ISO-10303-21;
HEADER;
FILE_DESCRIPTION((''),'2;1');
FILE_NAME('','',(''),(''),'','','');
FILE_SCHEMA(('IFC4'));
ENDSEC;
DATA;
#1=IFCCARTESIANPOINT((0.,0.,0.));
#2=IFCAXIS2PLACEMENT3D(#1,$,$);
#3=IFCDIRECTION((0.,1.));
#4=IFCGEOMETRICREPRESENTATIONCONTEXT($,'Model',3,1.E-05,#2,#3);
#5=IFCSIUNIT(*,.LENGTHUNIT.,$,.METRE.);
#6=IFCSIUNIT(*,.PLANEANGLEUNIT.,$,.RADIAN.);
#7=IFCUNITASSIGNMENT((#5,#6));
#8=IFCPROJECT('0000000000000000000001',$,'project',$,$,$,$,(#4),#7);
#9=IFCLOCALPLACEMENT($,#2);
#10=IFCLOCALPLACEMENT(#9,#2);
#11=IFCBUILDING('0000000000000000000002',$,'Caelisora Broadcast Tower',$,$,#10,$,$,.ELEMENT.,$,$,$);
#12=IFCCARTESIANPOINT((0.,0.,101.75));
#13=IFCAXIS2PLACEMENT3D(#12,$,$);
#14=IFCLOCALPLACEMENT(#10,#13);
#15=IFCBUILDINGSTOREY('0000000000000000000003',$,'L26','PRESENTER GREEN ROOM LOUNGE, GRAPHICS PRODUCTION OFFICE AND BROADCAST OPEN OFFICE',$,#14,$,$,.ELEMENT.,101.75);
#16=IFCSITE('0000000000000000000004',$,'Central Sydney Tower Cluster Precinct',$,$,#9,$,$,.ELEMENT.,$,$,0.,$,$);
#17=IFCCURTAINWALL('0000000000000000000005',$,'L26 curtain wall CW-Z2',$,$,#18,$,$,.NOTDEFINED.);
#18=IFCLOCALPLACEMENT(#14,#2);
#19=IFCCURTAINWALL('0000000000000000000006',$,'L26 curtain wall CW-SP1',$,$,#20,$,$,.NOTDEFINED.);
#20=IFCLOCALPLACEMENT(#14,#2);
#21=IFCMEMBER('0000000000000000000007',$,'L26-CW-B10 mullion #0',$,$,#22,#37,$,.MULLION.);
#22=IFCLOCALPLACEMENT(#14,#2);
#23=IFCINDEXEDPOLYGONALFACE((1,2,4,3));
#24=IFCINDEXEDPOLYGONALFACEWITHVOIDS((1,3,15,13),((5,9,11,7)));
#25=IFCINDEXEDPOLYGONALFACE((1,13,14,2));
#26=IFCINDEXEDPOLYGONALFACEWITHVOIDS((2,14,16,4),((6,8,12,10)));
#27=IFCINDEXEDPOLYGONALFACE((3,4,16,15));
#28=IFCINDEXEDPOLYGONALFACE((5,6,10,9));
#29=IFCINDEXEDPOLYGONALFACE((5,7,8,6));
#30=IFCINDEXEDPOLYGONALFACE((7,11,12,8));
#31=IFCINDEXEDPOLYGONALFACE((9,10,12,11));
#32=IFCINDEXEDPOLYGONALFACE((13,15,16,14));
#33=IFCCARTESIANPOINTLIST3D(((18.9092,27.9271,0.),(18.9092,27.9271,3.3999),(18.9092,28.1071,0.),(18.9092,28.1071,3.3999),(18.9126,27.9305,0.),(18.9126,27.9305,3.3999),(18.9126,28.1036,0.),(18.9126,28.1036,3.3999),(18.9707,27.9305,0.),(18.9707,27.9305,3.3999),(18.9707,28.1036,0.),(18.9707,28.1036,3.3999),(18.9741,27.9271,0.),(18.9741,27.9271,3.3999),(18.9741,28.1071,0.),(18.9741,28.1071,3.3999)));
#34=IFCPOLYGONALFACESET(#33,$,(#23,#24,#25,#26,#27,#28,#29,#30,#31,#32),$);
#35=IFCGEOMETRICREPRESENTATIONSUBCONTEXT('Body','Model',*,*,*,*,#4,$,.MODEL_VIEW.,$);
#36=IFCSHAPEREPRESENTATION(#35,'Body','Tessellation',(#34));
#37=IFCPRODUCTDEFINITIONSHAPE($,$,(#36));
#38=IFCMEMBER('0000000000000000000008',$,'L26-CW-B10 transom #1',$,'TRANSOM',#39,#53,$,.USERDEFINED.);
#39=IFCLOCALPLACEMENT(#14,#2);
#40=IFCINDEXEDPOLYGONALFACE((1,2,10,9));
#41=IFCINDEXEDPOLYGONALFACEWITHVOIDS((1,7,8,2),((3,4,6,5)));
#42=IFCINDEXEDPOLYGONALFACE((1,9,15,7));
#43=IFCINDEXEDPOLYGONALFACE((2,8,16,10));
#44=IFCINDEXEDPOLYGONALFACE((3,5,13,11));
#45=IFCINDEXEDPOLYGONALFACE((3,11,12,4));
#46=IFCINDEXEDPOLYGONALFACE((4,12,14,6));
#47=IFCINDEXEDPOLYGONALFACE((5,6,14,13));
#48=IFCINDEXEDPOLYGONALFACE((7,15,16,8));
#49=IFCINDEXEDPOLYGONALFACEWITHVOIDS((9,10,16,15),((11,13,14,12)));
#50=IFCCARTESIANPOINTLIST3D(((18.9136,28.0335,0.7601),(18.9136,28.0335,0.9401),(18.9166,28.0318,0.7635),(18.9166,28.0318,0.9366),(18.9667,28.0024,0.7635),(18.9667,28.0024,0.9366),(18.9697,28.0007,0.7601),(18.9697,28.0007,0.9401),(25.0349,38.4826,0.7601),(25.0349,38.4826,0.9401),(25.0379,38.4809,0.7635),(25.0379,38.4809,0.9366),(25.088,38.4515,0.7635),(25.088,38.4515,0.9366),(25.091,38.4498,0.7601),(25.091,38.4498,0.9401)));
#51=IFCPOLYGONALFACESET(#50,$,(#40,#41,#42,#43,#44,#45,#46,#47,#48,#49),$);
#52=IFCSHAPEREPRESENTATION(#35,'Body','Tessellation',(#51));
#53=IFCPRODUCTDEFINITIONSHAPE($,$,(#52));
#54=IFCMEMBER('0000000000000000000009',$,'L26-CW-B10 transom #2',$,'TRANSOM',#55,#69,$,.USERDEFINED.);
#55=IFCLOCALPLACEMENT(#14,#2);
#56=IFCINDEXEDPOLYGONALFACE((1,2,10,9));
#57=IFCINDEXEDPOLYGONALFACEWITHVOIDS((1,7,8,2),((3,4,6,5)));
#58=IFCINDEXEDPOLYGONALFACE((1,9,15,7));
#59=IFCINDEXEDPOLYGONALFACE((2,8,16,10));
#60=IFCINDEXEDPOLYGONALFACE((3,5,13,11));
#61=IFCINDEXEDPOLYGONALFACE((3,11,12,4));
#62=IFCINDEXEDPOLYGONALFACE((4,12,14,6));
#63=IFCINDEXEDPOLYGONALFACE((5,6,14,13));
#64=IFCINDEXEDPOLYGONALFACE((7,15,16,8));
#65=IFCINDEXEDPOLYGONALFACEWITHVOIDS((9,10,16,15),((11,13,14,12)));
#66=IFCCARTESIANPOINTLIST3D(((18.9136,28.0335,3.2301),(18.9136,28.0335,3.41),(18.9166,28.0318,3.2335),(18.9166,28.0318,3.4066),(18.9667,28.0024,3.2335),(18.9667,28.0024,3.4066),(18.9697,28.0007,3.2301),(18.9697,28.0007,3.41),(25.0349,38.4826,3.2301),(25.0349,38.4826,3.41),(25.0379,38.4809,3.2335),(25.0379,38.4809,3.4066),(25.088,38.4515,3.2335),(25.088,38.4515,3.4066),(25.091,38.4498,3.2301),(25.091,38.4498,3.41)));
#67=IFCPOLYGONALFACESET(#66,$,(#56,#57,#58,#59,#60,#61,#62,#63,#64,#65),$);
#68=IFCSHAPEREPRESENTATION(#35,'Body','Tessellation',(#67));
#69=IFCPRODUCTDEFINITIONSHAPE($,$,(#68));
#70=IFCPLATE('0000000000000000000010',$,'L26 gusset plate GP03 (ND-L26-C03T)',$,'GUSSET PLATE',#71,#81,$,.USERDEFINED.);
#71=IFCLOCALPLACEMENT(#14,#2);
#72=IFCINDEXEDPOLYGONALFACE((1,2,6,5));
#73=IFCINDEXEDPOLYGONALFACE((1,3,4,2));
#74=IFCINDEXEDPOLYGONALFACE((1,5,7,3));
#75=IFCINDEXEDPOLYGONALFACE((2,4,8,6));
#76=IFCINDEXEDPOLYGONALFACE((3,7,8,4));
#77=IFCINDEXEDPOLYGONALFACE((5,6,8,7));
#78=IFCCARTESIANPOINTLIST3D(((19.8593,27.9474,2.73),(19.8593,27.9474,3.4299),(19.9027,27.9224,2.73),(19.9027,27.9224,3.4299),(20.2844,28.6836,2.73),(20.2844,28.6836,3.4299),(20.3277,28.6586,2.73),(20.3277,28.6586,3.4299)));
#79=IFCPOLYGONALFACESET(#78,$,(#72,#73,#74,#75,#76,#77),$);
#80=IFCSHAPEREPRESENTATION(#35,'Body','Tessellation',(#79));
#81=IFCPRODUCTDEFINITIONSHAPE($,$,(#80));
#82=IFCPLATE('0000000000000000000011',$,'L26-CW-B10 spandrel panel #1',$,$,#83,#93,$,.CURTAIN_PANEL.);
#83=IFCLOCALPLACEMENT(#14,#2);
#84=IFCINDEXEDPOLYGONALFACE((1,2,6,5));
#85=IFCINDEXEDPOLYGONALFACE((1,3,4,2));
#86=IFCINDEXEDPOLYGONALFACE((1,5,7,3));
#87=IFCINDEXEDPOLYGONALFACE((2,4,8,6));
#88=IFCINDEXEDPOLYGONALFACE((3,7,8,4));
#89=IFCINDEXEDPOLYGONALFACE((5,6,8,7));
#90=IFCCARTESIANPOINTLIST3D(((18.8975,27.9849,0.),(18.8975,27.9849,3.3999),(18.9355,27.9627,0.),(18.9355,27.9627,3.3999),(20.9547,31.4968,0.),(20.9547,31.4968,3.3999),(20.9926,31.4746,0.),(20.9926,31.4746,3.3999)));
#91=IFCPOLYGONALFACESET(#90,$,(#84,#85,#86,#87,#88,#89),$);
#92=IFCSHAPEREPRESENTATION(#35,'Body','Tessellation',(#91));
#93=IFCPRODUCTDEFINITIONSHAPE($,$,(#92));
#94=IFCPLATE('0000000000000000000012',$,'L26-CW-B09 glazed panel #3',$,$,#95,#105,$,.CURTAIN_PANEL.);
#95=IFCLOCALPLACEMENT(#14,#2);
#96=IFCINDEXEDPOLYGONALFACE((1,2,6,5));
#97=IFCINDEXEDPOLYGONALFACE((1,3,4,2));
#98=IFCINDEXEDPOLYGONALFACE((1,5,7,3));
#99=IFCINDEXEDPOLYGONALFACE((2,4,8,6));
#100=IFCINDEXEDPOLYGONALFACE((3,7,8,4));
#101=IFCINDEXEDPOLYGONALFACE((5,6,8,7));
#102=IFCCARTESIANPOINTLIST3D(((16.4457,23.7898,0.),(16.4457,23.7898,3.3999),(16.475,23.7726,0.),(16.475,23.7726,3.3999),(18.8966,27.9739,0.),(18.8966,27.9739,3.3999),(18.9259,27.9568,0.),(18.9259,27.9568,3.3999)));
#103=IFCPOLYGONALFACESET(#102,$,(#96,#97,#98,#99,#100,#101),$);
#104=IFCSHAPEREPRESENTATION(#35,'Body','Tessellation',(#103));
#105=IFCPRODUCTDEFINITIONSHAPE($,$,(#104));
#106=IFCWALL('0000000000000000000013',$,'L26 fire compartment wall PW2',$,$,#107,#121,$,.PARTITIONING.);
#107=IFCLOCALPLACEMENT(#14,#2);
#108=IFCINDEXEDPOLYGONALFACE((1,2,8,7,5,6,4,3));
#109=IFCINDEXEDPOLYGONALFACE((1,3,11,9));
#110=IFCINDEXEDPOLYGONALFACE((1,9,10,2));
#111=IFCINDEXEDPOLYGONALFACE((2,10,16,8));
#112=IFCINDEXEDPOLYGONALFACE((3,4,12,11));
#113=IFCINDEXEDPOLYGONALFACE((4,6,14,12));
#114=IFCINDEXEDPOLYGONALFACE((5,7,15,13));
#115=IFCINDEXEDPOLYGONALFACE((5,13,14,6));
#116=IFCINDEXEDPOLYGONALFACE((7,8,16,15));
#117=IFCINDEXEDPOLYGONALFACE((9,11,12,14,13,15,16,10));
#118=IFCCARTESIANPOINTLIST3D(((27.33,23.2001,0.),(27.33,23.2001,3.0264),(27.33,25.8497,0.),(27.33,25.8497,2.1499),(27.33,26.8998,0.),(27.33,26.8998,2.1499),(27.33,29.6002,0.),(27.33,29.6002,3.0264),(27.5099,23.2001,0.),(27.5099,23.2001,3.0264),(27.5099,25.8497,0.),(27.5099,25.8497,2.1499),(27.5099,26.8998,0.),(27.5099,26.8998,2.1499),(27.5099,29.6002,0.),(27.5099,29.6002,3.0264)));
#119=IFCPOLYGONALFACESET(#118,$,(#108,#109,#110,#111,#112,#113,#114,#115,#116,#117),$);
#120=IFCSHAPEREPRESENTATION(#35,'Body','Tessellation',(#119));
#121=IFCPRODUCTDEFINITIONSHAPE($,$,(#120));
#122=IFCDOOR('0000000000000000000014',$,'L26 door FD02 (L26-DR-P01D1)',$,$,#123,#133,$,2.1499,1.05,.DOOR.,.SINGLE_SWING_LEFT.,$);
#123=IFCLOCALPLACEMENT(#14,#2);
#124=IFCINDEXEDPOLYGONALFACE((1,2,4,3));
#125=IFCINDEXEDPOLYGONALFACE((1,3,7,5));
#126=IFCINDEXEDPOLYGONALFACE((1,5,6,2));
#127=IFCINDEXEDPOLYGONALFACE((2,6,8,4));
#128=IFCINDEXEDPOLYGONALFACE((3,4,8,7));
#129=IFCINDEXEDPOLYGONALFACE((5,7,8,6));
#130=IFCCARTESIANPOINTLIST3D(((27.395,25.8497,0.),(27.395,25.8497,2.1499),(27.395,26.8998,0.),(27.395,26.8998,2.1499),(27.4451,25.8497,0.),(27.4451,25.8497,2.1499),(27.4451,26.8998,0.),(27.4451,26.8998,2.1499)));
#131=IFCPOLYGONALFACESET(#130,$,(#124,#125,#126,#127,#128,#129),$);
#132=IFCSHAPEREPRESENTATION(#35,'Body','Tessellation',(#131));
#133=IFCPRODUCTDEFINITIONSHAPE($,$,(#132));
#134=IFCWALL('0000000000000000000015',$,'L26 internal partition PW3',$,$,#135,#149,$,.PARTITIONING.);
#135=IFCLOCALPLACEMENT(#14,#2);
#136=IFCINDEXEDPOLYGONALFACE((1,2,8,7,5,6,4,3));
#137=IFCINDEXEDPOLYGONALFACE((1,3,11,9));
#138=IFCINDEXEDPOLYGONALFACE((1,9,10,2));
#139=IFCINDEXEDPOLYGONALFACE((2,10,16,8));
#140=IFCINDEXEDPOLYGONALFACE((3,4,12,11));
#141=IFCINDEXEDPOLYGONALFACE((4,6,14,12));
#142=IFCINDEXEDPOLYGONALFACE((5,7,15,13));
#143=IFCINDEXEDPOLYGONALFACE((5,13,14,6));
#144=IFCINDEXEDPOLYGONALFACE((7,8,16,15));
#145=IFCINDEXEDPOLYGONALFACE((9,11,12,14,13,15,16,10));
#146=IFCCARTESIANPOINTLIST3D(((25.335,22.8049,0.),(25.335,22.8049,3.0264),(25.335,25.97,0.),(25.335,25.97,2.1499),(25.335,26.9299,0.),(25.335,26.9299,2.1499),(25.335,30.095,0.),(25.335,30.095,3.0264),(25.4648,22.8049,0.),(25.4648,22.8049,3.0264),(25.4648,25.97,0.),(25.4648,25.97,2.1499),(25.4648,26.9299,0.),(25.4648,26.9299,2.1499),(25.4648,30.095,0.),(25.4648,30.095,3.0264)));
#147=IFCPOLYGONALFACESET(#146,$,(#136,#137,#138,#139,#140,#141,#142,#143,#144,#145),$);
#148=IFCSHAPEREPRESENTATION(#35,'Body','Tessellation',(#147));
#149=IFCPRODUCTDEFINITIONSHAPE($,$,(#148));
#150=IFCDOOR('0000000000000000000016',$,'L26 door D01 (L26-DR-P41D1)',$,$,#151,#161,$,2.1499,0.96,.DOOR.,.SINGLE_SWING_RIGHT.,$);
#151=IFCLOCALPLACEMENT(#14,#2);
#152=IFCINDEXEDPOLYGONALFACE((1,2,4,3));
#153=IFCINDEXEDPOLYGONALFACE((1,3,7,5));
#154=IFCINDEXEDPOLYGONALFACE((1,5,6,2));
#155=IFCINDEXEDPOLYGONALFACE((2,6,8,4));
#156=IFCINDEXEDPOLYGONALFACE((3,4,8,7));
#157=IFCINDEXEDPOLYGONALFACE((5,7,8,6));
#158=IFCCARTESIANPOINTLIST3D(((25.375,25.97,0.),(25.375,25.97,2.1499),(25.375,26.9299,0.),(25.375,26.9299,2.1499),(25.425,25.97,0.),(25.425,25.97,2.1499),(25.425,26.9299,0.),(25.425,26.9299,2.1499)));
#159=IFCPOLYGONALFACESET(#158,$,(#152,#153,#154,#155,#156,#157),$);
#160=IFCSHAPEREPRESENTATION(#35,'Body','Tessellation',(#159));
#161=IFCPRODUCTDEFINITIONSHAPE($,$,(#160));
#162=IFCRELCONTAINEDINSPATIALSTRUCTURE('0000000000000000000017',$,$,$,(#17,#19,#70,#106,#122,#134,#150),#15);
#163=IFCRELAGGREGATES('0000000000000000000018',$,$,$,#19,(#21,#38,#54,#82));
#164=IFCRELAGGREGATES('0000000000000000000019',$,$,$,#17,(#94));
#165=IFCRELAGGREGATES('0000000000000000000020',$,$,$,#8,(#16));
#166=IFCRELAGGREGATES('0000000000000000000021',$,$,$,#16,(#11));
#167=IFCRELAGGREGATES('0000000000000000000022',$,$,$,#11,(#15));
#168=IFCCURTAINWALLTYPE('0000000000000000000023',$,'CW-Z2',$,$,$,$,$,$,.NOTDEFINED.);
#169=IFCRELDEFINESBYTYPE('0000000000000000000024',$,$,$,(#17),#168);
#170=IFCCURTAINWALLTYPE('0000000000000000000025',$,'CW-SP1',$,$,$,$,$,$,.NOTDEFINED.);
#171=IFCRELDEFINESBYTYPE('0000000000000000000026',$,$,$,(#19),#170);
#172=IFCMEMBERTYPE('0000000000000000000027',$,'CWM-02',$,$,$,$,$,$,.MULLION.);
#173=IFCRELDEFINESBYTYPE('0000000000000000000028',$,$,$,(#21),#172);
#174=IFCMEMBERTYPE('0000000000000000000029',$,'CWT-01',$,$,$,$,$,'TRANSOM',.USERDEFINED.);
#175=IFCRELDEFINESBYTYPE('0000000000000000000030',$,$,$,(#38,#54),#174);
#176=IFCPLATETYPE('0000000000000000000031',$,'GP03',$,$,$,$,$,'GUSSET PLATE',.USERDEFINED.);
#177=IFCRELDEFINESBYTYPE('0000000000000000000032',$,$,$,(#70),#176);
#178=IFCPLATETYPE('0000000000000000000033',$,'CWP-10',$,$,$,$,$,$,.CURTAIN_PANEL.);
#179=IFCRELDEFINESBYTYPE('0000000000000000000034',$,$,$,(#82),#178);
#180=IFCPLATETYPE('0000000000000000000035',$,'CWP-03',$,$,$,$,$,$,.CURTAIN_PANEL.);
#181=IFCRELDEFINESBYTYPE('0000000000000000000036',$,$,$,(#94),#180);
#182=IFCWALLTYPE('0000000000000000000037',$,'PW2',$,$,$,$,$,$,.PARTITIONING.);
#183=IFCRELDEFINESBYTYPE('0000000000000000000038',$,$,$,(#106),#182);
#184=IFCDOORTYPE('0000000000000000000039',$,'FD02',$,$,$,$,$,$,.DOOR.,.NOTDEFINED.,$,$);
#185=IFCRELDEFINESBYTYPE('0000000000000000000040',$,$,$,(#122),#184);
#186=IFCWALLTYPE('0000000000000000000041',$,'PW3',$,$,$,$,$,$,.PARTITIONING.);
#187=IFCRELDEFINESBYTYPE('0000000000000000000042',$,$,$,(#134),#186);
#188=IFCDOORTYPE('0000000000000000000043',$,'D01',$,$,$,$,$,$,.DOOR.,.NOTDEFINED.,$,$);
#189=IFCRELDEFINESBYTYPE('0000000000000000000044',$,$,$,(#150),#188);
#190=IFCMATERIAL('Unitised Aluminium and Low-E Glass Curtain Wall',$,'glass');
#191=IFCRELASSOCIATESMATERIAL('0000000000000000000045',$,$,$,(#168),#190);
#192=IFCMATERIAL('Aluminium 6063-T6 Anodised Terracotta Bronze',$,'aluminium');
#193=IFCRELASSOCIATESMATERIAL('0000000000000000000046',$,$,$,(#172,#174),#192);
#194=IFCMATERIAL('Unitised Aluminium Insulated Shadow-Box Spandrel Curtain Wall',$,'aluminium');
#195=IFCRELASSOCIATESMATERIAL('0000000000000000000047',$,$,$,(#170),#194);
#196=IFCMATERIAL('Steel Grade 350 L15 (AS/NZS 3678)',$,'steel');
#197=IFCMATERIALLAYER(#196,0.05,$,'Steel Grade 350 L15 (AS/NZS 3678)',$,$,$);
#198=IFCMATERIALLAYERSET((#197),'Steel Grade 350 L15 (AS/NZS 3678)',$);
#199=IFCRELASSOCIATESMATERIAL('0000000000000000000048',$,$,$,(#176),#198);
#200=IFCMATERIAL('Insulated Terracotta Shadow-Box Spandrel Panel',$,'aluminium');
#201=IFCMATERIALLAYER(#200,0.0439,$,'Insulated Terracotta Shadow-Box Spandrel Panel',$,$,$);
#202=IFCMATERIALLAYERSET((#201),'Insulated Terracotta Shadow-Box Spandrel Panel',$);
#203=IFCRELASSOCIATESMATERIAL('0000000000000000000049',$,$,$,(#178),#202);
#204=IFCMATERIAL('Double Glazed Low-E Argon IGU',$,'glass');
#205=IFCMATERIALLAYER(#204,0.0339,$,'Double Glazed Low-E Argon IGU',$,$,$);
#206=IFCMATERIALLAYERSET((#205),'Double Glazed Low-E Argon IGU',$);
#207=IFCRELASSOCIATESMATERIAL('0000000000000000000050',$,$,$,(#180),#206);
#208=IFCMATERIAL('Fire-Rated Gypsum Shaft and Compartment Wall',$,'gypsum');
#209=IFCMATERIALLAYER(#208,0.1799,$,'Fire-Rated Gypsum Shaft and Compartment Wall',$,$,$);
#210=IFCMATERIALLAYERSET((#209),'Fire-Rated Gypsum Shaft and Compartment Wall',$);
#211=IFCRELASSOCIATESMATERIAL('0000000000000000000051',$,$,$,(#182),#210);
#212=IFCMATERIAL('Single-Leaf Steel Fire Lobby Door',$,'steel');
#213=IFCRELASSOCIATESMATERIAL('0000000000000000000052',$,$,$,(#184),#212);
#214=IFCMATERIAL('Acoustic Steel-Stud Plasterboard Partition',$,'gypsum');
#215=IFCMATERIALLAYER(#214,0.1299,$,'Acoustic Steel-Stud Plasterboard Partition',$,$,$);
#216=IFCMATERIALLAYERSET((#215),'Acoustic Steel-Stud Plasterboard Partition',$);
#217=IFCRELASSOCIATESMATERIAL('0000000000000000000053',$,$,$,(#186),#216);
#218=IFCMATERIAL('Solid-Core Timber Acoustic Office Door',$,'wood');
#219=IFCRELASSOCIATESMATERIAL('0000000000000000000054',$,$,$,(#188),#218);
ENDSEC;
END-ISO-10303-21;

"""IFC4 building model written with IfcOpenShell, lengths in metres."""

from ifc_helpers import new_model, si_unit, direction, frame, frame_2d, origin, origin_2d, place, context, subcontext, project, spatial, rectangle, hollow_rectangle, extrude, source, transform, mapped, material, layer, layer_set, material_profile, profile_set, type_object, type_shapes, element, fill, aggregate, save


model = new_model("IFC4")

# Units and contexts
model_context = context("Model", 3, precision=1e-05, world=origin(), true_north=direction((0.0, 1.0)))
body_context = subcontext(model_context, "Body", "Model", "MODEL_VIEW")
ifc_project = project(units=[si_unit("LENGTHUNIT", "METRE"), si_unit("PLANEANGLEUNIT", "RADIAN")], contexts=[model_context])

# Site, building, storey
site_placement = place(None, origin())
site = spatial("IfcSite", under=ifc_project, at=site_placement, Name="Central Sydney Tower Cluster Precinct", CompositionType="ELEMENT", RefElevation=0.0)
building_placement = place(site_placement, origin())
building = spatial("IfcBuilding", under=site, at=building_placement, Name="Caelisora Broadcast Tower", CompositionType="ELEMENT")
storey_placement = place(building_placement, frame((0.0, 0.0, 101.75)))
storey = spatial("IfcBuildingStorey", under=building, at=storey_placement, Name="L26", Description="PRESENTER GREEN ROOM LOUNGE, GRAPHICS PRODUCTION OFFICE AND BROADCAST OPEN OFFICE", CompositionType="ELEMENT", Elevation=101.75)

# Shared definitions
ifc_material_1 = material(Name="Steel Grade 350 L15 (AS/NZS 3678)", Category="steel")

# Curtain walls, members
ifc_material_2 = material(Name="Unitised Aluminium and Low-E Glass Curtain Wall", Category="glass")
curtain_wall_type_1 = type_object("IfcCurtainWallType", Name="CW-Z2", PredefinedType="NOTDEFINED", material=ifc_material_2)
curtain_wall_1_placement = place(storey_placement, origin())
curtain_wall_1 = element("IfcCurtainWall", 1, at=curtain_wall_1_placement, inside=storey, type_object=curtain_wall_type_1, Name="L26 curtain wall CW-Z2", PredefinedType="NOTDEFINED")
ifc_material_3 = material(Name="Aluminium 6063-T6 Anodised Terracotta Bronze", Category="aluminium")
ifc_material_profile_1 = material_profile(ifc_material_3, hollow_rectangle(XDim=0.0649, YDim=0.1799, WallThickness=0.0034, at=origin_2d()), Name="Aluminium 6063-T6 Anodised Terracotta Bronze")
ifc_profile_set_1 = profile_set([ifc_material_profile_1], Name="Aluminium 6063-T6 Anodised Terracotta Bronze")
member_type_1 = type_object("IfcMemberType", Name="CWM-02", PredefinedType="MULLION", material=ifc_profile_set_1)
shared_shape_1 = source(origin(), body_context, "Body", "SweptSolid", [
    extrude(hollow_rectangle(XDim=0.0649, YDim=0.1799, WallThickness=0.0034, at=origin_2d()), origin(), (0.0, 0.0, 1.0), 3.3999),
])
type_shapes(member_type_1, [shared_shape_1])
ifc_material_4 = material(Name="Unitised Aluminium Insulated Shadow-Box Spandrel Curtain Wall", Category="aluminium")
curtain_wall_type_2 = type_object("IfcCurtainWallType", Name="CW-SP1", PredefinedType="NOTDEFINED", material=ifc_material_4)
curtain_wall_2_placement = place(storey_placement, origin())
curtain_wall_2 = element("IfcCurtainWall", 2, at=curtain_wall_2_placement, inside=storey, type_object=curtain_wall_type_2, Name="L26 curtain wall CW-SP1", PredefinedType="NOTDEFINED")
member_1_placement = place(storey_placement, frame((18.9417, 28.0171, 0.0), z_axis=(0.0, 0.0, 1.0), x_axis=(1.0, 0.0, 0.0)))
member_1 = element("IfcMember", 3, at=member_1_placement, type_object=member_type_1, Name="L26-CW-B10 mullion #0", PredefinedType="MULLION", context=body_context, shape_type="MappedRepresentation", body=[
    mapped(shared_shape_1, transform((0.0, 0.0, 0.0), scale=1.0)),
])
ifc_material_profile_2 = material_profile(ifc_material_3, hollow_rectangle(XDim=0.0649, YDim=0.1799, WallThickness=0.0034, at=origin_2d()), Name="Aluminium 6063-T6 Anodised Terracotta Bronze")
ifc_profile_set_2 = profile_set([ifc_material_profile_2], Name="Aluminium 6063-T6 Anodised Terracotta Bronze")
member_type_2 = type_object("IfcMemberType", Name="CWT-01", ElementType="TRANSOM", PredefinedType="USERDEFINED", material=ifc_profile_set_2)
shared_shape_2 = source(origin(), body_context, "Body", "SweptSolid", [
    extrude(hollow_rectangle(XDim=0.0649, YDim=0.1799, WallThickness=0.0034, at=origin_2d()), origin(), (0.0, 0.0, 1.0), 12.1101),
])
type_shapes(member_type_2, [shared_shape_2])
member_2_placement = place(storey_placement, frame((18.9417, 28.0171, 0.8501), z_axis=(0.50547, 0.862844, 0.0), x_axis=(-0.862844, 0.50547, 0.0)))
member_2 = element("IfcMember", 4, at=member_2_placement, type_object=member_type_2, Name="L26-CW-B10 transom #1", ObjectType="TRANSOM", PredefinedType="USERDEFINED", context=body_context, shape_type="MappedRepresentation", body=[
    mapped(shared_shape_2, transform((0.0, 0.0, 0.0), scale=1.0)),
])
member_3_placement = place(storey_placement, frame((18.9417, 28.0171, 3.3201), z_axis=(0.50547, 0.862844, 0.0), x_axis=(-0.862844, 0.50547, 0.0)))
member_3 = element("IfcMember", 5, at=member_3_placement, type_object=member_type_2, Name="L26-CW-B10 transom #2", ObjectType="TRANSOM", PredefinedType="USERDEFINED", context=body_context, shape_type="MappedRepresentation", body=[
    mapped(shared_shape_2, transform((0.0, 0.0, 0.0), scale=1.0)),
])

# Plates
ifc_layer_1 = layer(ifc_material_1, 0.05, Name="Steel Grade 350 L15 (AS/NZS 3678)")
ifc_layer_set_1 = layer_set([ifc_layer_1], Name="Steel Grade 350 L15 (AS/NZS 3678)")
plate_type_1 = type_object("IfcPlateType", Name="GP03", ElementType="GUSSET PLATE", PredefinedType="USERDEFINED", material=ifc_layer_set_1)
shared_shape_3 = source(origin(), body_context, "Body", "SweptSolid", [
    extrude(rectangle(XDim=0.8501, YDim=0.05, at=origin_2d()), origin(), (0.0, 0.0, 1.0), 0.7),
])
type_shapes(plate_type_1, [shared_shape_3])
plate_1_placement = place(storey_placement, frame((20.0935, 28.303, 2.73), z_axis=(0.0, 0.0, 1.0), x_axis=(-0.5, -0.866025, 0.0)))
element("IfcPlate", 6, at=plate_1_placement, inside=storey, type_object=plate_type_1, Name="L26 gusset plate GP03 (ND-L26-C03T)", ObjectType="GUSSET PLATE", PredefinedType="USERDEFINED", context=body_context, shape_type="MappedRepresentation", body=[
    mapped(shared_shape_3, transform((0.0, 0.0, 0.0), scale=1.0)),
])
ifc_material_5 = material(Name="Insulated Terracotta Shadow-Box Spandrel Panel", Category="aluminium")
ifc_layer_2 = layer(ifc_material_5, 0.0439, Name="Insulated Terracotta Shadow-Box Spandrel Panel")
ifc_layer_set_2 = layer_set([ifc_layer_2], Name="Insulated Terracotta Shadow-Box Spandrel Panel")
plate_type_2 = type_object("IfcPlateType", Name="CWP-10", PredefinedType="CURTAIN_PANEL", material=ifc_layer_set_2)
shared_shape_4 = source(origin(), body_context, "Body", "SweptSolid", [
    extrude(rectangle(XDim=4.0701, YDim=0.0439, at=origin_2d()), origin(), (0.0, 0.0, 1.0), 3.3999),
])
type_shapes(plate_type_2, [shared_shape_4])
plate_2_placement = place(storey_placement, frame((19.9451, 29.7297, 0.0), z_axis=(0.0, 0.0, 1.0), x_axis=(0.505431, 0.862867, 0.0)))
plate_2 = element("IfcPlate", 7, at=plate_2_placement, type_object=plate_type_2, Name="L26-CW-B10 spandrel panel #1", PredefinedType="CURTAIN_PANEL", context=body_context, shape_type="MappedRepresentation", body=[
    mapped(shared_shape_4, transform((0.0, 0.0, 0.0), scale=1.0)),
])
aggregate(curtain_wall_2, [member_1, member_2, member_3, plate_2])
ifc_material_6 = material(Name="Double Glazed Low-E Argon IGU", Category="glass")
ifc_layer_3 = layer(ifc_material_6, 0.0339, Name="Double Glazed Low-E Argon IGU")
ifc_layer_set_3 = layer_set([ifc_layer_3], Name="Double Glazed Low-E Argon IGU")
plate_type_3 = type_object("IfcPlateType", Name="CWP-03", PredefinedType="CURTAIN_PANEL", material=ifc_layer_set_3)
shared_shape_5 = source(origin(), body_context, "Body", "SweptSolid", [
    extrude(rectangle(XDim=4.8491, YDim=0.0339, at=origin_2d()), origin(), (0.0, 0.0, 1.0), 3.3999),
])
type_shapes(plate_type_3, [shared_shape_5])
plate_3_placement = place(storey_placement, frame((17.6858, 25.8733, 0.0), z_axis=(0.0, 0.0, 1.0), x_axis=(0.505431, 0.862867, 0.0)))
plate_3 = element("IfcPlate", 8, at=plate_3_placement, type_object=plate_type_3, Name="L26-CW-B09 glazed panel #3", PredefinedType="CURTAIN_PANEL", context=body_context, shape_type="MappedRepresentation", body=[
    mapped(shared_shape_5, transform((0.0, 0.0, 0.0), scale=1.0)),
])
aggregate(curtain_wall_1, [plate_3])

# Walls, openings, doors
ifc_material_7 = material(Name="Fire-Rated Gypsum Shaft and Compartment Wall", Category="gypsum")
ifc_layer_4 = layer(ifc_material_7, 0.1799, Name="Fire-Rated Gypsum Shaft and Compartment Wall")
ifc_layer_set_4 = layer_set([ifc_layer_4], Name="Fire-Rated Gypsum Shaft and Compartment Wall")
wall_type_1 = type_object("IfcWallType", Name="PW2", PredefinedType="PARTITIONING", material=ifc_layer_set_4)
wall_1_placement = place(storey_placement, frame((27.4199, 23.2, 0.0), z_axis=(0.0, 0.0, 1.0), x_axis=(0.0, 1.0, 0.0)))
wall_1 = element("IfcWall", 9, at=wall_1_placement, inside=storey, type_object=wall_type_1, Name="L26 fire compartment wall PW2", PredefinedType="PARTITIONING", context=body_context, shape_type="SweptSolid", body=[
    extrude(rectangle(XDim=6.4001, YDim=0.1799, at=frame_2d((3.2002, 0.0))), origin(), (0.0, 0.0, 1.0), 3.0264),
])
opening_1_placement = place(wall_1_placement, frame((2.6499, 0.0, 0.0)))
opening_1 = element("IfcOpeningElement", 10, at=opening_1_placement, cuts=wall_1, PredefinedType="OPENING", context=body_context, shape_type="SweptSolid", body=[
    extrude(rectangle(XDim=1.05, YDim=2.1499, at=frame_2d((0.5249, 1.075))), frame((0.0, 0.1021, 0.0), z_axis=(0.0, -1.0, 0.0), x_axis=(1.0, 0.0, 0.0)), (0.0, 0.0, 1.0), 0.2039),
])
ifc_material_8 = material(Name="Single-Leaf Steel Fire Lobby Door", Category="steel")
door_type_1 = type_object("IfcDoorType", Name="FD02", OperationType="NOTDEFINED", PredefinedType="DOOR", material=ifc_material_8)
door_1_placement = place(opening_1_placement, origin())
door_1 = element("IfcDoor", 11, at=door_1_placement, inside=storey, type_object=door_type_1, Name="L26 door FD02 (L26-DR-P01D1)", OperationType="SINGLE_SWING_LEFT", OverallHeight=2.1499, OverallWidth=1.05, PredefinedType="DOOR", context=body_context, shape_type="SweptSolid", body=[
    extrude(rectangle(XDim=1.05, YDim=2.1499, at=frame_2d((0.5249, 1.075))), frame((0.0, 0.0249, 0.0), z_axis=(0.0, -1.0, 0.0), x_axis=(1.0, 0.0, 0.0)), (0.0, 0.0, 1.0), 0.05),
])
fill(opening_1, door_1)
ifc_material_9 = material(Name="Acoustic Steel-Stud Plasterboard Partition", Category="gypsum")
ifc_layer_5 = layer(ifc_material_9, 0.1299, Name="Acoustic Steel-Stud Plasterboard Partition")
ifc_layer_set_5 = layer_set([ifc_layer_5], Name="Acoustic Steel-Stud Plasterboard Partition")
wall_type_2 = type_object("IfcWallType", Name="PW3", PredefinedType="PARTITIONING", material=ifc_layer_set_5)
wall_2_placement = place(storey_placement, frame((25.3999, 22.8049, 0.0), z_axis=(0.0, 0.0, 1.0), x_axis=(0.0, 1.0, 0.0)))
wall_2 = element("IfcWall", 12, at=wall_2_placement, inside=storey, type_object=wall_type_2, Name="L26 internal partition PW3", PredefinedType="PARTITIONING", context=body_context, shape_type="SweptSolid", body=[
    extrude(rectangle(XDim=7.29, YDim=0.1299, at=frame_2d((3.645, 0.0))), origin(), (0.0, 0.0, 1.0), 3.0264),
])
opening_2_placement = place(wall_2_placement, frame((3.165, 0.0, 0.0)))
opening_2 = element("IfcOpeningElement", 13, at=opening_2_placement, cuts=wall_2, PredefinedType="OPENING", context=body_context, shape_type="SweptSolid", body=[
    extrude(rectangle(XDim=0.96, YDim=2.1499, at=frame_2d((0.48, 1.075))), frame((0.0, 0.0769, 0.0), z_axis=(0.0, -1.0, 0.0), x_axis=(1.0, 0.0, 0.0)), (0.0, 0.0, 1.0), 0.1538),
])
ifc_material_10 = material(Name="Solid-Core Timber Acoustic Office Door", Category="wood")
door_type_2 = type_object("IfcDoorType", Name="D01", OperationType="NOTDEFINED", PredefinedType="DOOR", material=ifc_material_10)
door_2_placement = place(opening_2_placement, origin())
door_2 = element("IfcDoor", 14, at=door_2_placement, inside=storey, type_object=door_type_2, Name="L26 door D01 (L26-DR-P41D1)", OperationType="SINGLE_SWING_RIGHT", OverallHeight=2.1499, OverallWidth=0.96, PredefinedType="DOOR", context=body_context, shape_type="SweptSolid", body=[
    extrude(rectangle(XDim=0.96, YDim=2.1499, at=frame_2d((0.48, 1.075))), frame((0.0, 0.0249, 0.0), z_axis=(0.0, -1.0, 0.0), x_axis=(1.0, 0.0, 0.0)), (0.0, 0.0, 1.0), 0.05),
])
fill(opening_2, door_2)

save(model, "model.ifc")
